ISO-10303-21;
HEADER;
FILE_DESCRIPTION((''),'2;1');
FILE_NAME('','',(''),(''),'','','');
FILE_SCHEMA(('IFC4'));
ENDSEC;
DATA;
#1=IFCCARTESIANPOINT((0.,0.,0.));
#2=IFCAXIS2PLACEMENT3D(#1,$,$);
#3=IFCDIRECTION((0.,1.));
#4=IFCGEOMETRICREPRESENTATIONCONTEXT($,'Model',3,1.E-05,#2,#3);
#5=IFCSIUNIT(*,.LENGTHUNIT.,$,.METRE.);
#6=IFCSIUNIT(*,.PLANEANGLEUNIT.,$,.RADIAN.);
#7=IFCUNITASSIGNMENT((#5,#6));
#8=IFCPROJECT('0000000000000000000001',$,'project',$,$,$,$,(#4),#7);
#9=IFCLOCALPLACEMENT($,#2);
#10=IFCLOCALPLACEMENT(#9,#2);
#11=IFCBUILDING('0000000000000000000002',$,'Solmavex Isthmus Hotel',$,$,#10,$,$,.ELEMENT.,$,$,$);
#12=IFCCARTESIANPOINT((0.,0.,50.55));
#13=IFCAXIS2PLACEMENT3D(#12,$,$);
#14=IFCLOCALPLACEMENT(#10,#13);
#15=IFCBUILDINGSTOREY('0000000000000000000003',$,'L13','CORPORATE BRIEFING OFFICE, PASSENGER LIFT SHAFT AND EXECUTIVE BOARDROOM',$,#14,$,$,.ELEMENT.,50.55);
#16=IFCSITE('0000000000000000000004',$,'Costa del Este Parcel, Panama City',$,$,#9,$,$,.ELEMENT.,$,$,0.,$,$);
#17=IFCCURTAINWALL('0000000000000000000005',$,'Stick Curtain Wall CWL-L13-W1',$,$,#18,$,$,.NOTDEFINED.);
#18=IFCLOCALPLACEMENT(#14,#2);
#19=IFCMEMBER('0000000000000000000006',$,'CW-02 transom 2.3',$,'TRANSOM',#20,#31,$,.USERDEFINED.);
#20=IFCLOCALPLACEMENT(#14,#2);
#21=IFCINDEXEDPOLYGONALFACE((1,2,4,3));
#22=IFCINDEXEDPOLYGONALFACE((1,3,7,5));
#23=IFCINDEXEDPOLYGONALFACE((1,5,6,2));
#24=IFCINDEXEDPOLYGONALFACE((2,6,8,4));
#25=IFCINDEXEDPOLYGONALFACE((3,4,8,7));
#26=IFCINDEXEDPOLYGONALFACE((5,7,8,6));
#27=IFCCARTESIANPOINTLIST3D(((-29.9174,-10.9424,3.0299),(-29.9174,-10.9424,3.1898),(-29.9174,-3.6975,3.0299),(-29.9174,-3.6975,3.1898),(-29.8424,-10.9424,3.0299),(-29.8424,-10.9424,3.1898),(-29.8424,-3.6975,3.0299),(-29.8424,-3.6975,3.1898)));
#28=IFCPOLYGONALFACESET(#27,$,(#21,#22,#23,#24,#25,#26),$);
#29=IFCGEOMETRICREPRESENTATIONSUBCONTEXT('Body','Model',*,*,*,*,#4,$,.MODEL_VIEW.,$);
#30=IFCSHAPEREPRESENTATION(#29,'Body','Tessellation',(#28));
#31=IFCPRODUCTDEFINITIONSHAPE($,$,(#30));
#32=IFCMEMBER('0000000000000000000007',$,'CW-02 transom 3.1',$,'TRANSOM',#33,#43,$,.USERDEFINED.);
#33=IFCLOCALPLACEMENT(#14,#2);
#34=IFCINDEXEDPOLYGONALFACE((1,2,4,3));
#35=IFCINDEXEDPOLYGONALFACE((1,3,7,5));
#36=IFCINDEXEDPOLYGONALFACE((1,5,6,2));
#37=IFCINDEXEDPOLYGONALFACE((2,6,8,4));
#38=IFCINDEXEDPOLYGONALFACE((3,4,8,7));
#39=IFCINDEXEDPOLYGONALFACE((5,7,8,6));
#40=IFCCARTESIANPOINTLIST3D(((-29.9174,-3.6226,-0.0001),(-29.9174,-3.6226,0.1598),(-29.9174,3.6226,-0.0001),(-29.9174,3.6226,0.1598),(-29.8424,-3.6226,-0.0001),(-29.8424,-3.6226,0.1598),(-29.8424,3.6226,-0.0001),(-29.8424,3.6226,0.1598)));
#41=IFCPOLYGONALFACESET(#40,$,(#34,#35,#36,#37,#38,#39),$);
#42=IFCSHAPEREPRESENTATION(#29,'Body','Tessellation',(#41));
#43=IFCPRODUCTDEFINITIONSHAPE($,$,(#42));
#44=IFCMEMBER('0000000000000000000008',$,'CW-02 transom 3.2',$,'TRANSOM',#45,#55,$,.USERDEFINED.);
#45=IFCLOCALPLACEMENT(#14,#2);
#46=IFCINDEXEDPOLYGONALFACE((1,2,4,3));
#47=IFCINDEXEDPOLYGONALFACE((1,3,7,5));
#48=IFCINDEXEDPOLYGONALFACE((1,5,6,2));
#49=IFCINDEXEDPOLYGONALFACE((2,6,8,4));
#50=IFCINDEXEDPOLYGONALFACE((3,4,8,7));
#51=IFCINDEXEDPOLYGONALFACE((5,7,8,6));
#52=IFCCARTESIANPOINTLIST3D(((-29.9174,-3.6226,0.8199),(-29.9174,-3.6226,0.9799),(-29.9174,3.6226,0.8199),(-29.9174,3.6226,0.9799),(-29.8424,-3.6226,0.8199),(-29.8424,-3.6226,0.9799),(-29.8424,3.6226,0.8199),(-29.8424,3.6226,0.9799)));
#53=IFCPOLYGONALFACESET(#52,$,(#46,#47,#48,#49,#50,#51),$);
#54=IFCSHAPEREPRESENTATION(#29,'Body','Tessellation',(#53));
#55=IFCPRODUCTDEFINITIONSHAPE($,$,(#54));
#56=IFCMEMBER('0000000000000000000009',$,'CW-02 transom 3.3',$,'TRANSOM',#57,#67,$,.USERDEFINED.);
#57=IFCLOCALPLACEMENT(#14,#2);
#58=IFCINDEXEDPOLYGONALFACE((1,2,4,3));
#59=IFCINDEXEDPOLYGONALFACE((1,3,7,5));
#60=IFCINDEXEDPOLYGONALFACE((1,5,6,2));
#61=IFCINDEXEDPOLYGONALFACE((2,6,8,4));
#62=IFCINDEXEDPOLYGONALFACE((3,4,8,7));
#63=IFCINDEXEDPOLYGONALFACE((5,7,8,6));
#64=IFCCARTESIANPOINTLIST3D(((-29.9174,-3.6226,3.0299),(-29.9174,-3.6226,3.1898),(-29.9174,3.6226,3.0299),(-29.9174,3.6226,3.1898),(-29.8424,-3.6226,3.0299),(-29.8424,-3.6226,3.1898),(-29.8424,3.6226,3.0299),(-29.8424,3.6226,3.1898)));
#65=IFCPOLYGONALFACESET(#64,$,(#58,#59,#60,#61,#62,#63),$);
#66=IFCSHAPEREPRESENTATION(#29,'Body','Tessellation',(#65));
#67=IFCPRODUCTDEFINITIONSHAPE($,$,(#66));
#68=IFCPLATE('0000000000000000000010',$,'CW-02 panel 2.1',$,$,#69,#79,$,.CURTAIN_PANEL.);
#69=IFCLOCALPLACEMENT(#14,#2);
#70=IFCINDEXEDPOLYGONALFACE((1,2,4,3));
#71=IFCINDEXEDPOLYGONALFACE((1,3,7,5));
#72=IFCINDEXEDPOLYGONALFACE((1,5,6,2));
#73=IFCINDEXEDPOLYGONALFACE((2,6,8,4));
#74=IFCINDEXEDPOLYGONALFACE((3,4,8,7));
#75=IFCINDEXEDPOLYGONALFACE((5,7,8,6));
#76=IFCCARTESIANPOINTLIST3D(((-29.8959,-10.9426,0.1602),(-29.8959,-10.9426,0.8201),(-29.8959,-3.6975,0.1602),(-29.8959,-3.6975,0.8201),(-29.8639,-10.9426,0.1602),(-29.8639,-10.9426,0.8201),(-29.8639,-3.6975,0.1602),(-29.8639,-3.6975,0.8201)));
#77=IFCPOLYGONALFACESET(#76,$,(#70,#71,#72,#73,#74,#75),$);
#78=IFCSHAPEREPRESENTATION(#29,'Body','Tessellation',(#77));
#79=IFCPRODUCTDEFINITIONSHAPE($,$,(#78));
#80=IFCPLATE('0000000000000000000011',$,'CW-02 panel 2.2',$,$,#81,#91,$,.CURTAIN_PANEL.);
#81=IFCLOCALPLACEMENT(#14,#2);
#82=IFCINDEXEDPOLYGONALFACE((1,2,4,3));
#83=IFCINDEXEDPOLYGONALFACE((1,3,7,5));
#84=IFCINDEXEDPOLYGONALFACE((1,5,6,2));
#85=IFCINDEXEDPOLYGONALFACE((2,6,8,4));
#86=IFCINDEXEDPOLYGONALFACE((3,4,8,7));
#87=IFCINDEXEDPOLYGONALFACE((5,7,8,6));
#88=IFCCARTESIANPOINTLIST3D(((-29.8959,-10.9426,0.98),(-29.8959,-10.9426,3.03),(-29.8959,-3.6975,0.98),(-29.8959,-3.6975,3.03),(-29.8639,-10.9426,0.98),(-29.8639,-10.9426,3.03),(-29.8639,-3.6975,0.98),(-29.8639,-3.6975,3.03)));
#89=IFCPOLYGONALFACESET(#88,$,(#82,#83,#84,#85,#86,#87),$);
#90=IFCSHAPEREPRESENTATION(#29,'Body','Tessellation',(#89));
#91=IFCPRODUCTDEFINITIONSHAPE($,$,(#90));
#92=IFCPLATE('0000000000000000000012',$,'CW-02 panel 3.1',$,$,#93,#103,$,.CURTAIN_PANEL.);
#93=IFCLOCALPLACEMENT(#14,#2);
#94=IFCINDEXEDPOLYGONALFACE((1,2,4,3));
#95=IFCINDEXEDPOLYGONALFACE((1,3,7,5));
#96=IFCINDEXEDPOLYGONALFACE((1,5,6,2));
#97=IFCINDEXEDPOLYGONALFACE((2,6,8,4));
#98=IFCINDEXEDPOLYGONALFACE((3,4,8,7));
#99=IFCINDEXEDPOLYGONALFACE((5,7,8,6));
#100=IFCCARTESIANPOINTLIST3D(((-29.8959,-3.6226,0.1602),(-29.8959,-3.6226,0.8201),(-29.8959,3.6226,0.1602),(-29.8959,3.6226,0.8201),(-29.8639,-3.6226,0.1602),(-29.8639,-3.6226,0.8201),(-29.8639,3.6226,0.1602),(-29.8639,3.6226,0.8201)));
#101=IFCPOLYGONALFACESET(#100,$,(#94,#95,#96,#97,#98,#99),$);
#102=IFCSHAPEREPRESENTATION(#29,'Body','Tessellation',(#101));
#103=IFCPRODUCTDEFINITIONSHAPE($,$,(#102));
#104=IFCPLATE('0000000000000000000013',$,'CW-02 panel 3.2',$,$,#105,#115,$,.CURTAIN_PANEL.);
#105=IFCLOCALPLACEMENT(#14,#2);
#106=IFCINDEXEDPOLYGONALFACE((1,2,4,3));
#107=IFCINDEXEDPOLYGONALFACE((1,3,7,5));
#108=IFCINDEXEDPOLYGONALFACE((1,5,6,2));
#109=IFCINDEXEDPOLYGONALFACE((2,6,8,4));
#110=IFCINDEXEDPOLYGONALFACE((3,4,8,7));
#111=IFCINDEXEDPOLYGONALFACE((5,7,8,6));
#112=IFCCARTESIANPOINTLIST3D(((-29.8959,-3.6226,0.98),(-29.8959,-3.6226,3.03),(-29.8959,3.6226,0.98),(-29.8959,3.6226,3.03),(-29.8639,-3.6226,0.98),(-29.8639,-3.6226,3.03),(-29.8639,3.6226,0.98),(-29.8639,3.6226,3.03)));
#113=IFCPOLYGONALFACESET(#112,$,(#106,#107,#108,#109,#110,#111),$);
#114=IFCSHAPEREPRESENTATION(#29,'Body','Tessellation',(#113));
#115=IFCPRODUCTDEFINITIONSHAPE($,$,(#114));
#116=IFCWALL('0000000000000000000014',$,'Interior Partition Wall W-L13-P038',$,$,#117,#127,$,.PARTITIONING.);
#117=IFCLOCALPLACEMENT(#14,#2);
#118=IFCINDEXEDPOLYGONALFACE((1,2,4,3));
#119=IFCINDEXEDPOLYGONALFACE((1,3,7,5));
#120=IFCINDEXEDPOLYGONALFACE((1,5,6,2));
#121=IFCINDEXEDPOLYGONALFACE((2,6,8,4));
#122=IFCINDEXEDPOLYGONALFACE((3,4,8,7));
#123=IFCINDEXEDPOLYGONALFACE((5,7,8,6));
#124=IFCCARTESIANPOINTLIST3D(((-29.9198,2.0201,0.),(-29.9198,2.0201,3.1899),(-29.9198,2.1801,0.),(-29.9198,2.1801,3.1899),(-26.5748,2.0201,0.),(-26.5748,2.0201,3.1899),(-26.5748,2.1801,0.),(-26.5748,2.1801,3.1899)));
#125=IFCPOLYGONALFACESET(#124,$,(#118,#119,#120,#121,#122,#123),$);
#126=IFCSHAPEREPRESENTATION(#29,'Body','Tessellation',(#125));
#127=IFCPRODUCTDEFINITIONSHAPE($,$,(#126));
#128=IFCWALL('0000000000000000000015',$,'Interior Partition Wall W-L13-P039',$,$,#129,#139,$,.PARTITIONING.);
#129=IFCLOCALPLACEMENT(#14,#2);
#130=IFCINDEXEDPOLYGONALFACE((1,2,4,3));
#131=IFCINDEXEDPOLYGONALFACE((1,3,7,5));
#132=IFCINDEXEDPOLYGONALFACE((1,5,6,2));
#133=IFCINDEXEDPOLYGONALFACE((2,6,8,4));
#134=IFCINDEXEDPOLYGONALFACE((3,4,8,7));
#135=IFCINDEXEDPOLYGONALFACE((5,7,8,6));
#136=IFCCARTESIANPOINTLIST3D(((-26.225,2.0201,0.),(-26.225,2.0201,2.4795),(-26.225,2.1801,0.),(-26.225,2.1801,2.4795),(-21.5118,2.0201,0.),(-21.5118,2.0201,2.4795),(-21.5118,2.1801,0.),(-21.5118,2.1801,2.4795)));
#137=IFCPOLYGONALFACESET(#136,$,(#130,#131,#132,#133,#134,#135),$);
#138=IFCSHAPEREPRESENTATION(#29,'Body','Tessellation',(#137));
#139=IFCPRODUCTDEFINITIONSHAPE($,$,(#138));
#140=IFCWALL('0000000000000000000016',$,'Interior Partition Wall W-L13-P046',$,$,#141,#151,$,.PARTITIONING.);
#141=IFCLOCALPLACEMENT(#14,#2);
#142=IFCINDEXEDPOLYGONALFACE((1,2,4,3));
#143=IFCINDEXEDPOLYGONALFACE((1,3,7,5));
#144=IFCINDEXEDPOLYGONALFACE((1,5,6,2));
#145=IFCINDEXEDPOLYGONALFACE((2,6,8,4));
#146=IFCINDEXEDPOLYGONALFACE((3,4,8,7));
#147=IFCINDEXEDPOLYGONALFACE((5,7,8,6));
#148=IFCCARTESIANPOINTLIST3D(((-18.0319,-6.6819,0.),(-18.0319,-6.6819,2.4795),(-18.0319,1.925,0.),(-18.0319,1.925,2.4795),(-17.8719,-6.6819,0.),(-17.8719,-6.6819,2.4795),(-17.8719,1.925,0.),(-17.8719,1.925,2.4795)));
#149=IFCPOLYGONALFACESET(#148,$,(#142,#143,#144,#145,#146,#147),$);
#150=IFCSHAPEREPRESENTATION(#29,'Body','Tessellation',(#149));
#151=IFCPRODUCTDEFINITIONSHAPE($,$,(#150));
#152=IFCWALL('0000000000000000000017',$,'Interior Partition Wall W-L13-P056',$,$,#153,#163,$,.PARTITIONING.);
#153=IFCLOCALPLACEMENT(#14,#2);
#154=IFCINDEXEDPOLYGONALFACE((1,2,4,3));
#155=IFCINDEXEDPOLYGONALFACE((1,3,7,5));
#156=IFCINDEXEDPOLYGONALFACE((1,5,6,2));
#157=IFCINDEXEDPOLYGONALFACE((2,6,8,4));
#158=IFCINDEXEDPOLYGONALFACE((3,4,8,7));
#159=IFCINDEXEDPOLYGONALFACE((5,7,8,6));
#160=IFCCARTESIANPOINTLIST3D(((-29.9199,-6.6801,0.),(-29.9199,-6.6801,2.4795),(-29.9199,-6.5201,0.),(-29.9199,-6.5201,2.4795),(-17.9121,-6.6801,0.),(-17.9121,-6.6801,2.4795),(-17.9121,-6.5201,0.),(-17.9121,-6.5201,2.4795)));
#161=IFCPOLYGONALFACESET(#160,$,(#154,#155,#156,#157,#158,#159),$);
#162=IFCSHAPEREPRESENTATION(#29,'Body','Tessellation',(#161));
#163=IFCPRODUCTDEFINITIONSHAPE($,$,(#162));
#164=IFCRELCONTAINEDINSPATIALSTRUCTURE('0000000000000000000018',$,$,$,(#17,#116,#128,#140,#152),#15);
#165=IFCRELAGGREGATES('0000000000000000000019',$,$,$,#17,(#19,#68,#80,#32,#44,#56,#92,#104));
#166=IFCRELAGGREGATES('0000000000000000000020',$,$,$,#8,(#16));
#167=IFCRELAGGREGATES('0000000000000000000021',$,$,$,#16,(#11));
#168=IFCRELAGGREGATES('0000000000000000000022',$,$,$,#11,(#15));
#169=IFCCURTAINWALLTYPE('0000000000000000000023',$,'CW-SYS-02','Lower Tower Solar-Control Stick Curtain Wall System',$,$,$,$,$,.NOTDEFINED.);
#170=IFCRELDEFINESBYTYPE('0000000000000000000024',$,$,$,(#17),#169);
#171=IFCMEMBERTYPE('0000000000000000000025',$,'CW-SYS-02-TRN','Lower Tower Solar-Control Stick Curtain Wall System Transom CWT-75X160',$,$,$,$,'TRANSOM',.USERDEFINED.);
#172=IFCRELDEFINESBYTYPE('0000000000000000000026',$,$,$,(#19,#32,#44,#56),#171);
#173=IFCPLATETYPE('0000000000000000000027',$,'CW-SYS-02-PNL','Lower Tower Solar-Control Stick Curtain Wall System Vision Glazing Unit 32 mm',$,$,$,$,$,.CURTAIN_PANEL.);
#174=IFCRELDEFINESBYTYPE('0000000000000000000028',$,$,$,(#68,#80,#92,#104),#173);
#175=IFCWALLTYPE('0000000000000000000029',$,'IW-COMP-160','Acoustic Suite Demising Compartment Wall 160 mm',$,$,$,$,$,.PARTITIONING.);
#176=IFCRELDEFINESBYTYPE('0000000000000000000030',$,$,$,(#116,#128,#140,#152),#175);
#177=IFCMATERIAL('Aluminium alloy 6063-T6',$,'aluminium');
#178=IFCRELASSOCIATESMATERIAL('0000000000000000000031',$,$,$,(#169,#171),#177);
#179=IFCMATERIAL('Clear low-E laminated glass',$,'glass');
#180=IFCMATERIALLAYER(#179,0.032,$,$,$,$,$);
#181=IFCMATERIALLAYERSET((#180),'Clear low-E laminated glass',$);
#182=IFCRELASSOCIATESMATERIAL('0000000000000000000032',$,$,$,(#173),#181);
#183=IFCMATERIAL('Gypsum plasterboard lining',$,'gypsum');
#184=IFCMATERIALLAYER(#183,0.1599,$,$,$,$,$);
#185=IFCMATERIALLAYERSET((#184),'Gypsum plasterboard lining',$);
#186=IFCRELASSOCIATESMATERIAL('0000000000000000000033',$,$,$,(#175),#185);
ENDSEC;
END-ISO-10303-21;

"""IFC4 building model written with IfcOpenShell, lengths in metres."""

from ifc_helpers import new_model, si_unit, direction, frame, frame_2d, origin, origin_2d, place, context, subcontext, project, spatial, rectangle, extrude, material, layer, layer_set, material_profile, profile_set, type_object, element, aggregate, save


model = new_model("IFC4")

# Units and contexts
model_context = context("Model", 3, precision=1e-05, world=origin(), true_north=direction((0.0, 1.0)))
body_context = subcontext(model_context, "Body", "Model", "MODEL_VIEW")
ifc_project = project(units=[si_unit("LENGTHUNIT", "METRE"), si_unit("PLANEANGLEUNIT", "RADIAN")], contexts=[model_context])

# Site, building, storey
site_placement = place(None, origin())
site = spatial("IfcSite", under=ifc_project, at=site_placement, Name="Costa del Este Parcel, Panama City", CompositionType="ELEMENT", RefElevation=0.0)
building_placement = place(site_placement, origin())
building = spatial("IfcBuilding", under=site, at=building_placement, Name="Solmavex Isthmus Hotel", CompositionType="ELEMENT")
storey_placement = place(building_placement, frame((0.0, 0.0, 50.55)))
storey = spatial("IfcBuildingStorey", under=building, at=storey_placement, Name="L13", Description="CORPORATE BRIEFING OFFICE, PASSENGER LIFT SHAFT AND EXECUTIVE BOARDROOM", CompositionType="ELEMENT", Elevation=50.55)

# Curtain wall, members, plates
ifc_material_1 = material(Name="Aluminium alloy 6063-T6", Category="aluminium")
curtain_wall_type = type_object("IfcCurtainWallType", Name="CW-SYS-02", Description="Lower Tower Solar-Control Stick Curtain Wall System", PredefinedType="NOTDEFINED", material=ifc_material_1)
curtain_wall_placement = place(storey_placement, origin())
curtain_wall = element("IfcCurtainWall", 1, at=curtain_wall_placement, inside=storey, type_object=curtain_wall_type, Name="Stick Curtain Wall CWL-L13-W1", PredefinedType="NOTDEFINED")
ifc_material_profile_1 = material_profile(ifc_material_1, rectangle(XDim=0.075, YDim=0.1599, at=origin_2d()), Name="CWT-75X160")
ifc_profile_set_1 = profile_set([ifc_material_profile_1], Name="Aluminium alloy 6063-T6")
member_type_1 = type_object("IfcMemberType", Name="CW-SYS-02-TRN", Description="Lower Tower Solar-Control Stick Curtain Wall System Transom CWT-75X160", ElementType="TRANSOM", PredefinedType="USERDEFINED", material=ifc_profile_set_1)
member_1_placement = place(storey_placement, frame((-29.8799, -10.9424, 3.1099), z_axis=(0.0, 1.0, 0.0), x_axis=(-1.0, 0.0, 0.0)))
member_1 = element("IfcMember", 2, at=member_1_placement, type_object=member_type_1, Name="CW-02 transom 2.3", ObjectType="TRANSOM", PredefinedType="USERDEFINED", context=body_context, shape_type="SweptSolid", body=[
    extrude(rectangle(XDim=0.075, YDim=0.1599, at=origin_2d()), origin(), (0.0, 0.0, 1.0), 7.2449),
])
member_2_placement = place(storey_placement, frame((-29.8799, -3.6226, 0.0798), z_axis=(0.0, 1.0, 0.0), x_axis=(-1.0, 0.0, 0.0)))
member_2 = element("IfcMember", 3, at=member_2_placement, type_object=member_type_1, Name="CW-02 transom 3.1", ObjectType="TRANSOM", PredefinedType="USERDEFINED", context=body_context, shape_type="SweptSolid", body=[
    extrude(rectangle(XDim=0.075, YDim=0.1599, at=origin_2d()), origin(), (0.0, 0.0, 1.0), 7.2451),
])
member_3_placement = place(storey_placement, frame((-29.8799, -3.6226, 0.8999), z_axis=(0.0, 1.0, 0.0), x_axis=(-1.0, 0.0, 0.0)))
member_3 = element("IfcMember", 4, at=member_3_placement, type_object=member_type_1, Name="CW-02 transom 3.2", ObjectType="TRANSOM", PredefinedType="USERDEFINED", context=body_context, shape_type="SweptSolid", body=[
    extrude(rectangle(XDim=0.075, YDim=0.1599, at=origin_2d()), origin(), (0.0, 0.0, 1.0), 7.2451),
])
member_4_placement = place(storey_placement, frame((-29.8799, -3.6226, 3.1099), z_axis=(0.0, 1.0, 0.0), x_axis=(-1.0, 0.0, 0.0)))
member_4 = element("IfcMember", 5, at=member_4_placement, type_object=member_type_1, Name="CW-02 transom 3.3", ObjectType="TRANSOM", PredefinedType="USERDEFINED", context=body_context, shape_type="SweptSolid", body=[
    extrude(rectangle(XDim=0.075, YDim=0.1599, at=origin_2d()), origin(), (0.0, 0.0, 1.0), 7.2451),
])
ifc_material_2 = material(Name="Clear low-E laminated glass", Category="glass")
ifc_layer_1 = layer(ifc_material_2, 0.032)
ifc_layer_set_1 = layer_set([ifc_layer_1], Name="Clear low-E laminated glass")
plate_type = type_object("IfcPlateType", Name="CW-SYS-02-PNL", Description="Lower Tower Solar-Control Stick Curtain Wall System Vision Glazing Unit 32 mm", PredefinedType="CURTAIN_PANEL", material=ifc_layer_set_1)
plate_1_placement = place(storey_placement, frame((-29.8799, -7.3201, 0.1602), z_axis=(0.0, 0.0, 1.0), x_axis=(0.0, 1.0, 0.0)))
plate_1 = element("IfcPlate", 6, at=plate_1_placement, type_object=plate_type, Name="CW-02 panel 2.1", PredefinedType="CURTAIN_PANEL", context=body_context, shape_type="SweptSolid", body=[
    extrude(rectangle(XDim=7.2451, YDim=0.032, at=origin_2d()), origin(), (0.0, 0.0, 1.0), 0.6599),
])
plate_2_placement = place(storey_placement, frame((-29.8799, -7.3201, 0.98), z_axis=(0.0, 0.0, 1.0), x_axis=(0.0, 1.0, 0.0)))
plate_2 = element("IfcPlate", 7, at=plate_2_placement, type_object=plate_type, Name="CW-02 panel 2.2", PredefinedType="CURTAIN_PANEL", context=body_context, shape_type="SweptSolid", body=[
    extrude(rectangle(XDim=7.2451, YDim=0.032, at=origin_2d()), origin(), (0.0, 0.0, 1.0), 2.05),
])
plate_3_placement = place(storey_placement, frame((-29.8799, 0.0, 0.1602), z_axis=(0.0, 0.0, 1.0), x_axis=(0.0, 1.0, 0.0)))
plate_3 = element("IfcPlate", 8, at=plate_3_placement, type_object=plate_type, Name="CW-02 panel 3.1", PredefinedType="CURTAIN_PANEL", context=body_context, shape_type="SweptSolid", body=[
    extrude(rectangle(XDim=7.2451, YDim=0.032, at=origin_2d()), origin(), (0.0, 0.0, 1.0), 0.6599),
])
plate_4_placement = place(storey_placement, frame((-29.8799, 0.0, 0.98), z_axis=(0.0, 0.0, 1.0), x_axis=(0.0, 1.0, 0.0)))
plate_4 = element("IfcPlate", 9, at=plate_4_placement, type_object=plate_type, Name="CW-02 panel 3.2", PredefinedType="CURTAIN_PANEL", context=body_context, shape_type="SweptSolid", body=[
    extrude(rectangle(XDim=7.2451, YDim=0.032, at=origin_2d()), origin(), (0.0, 0.0, 1.0), 2.05),
])
aggregate(curtain_wall, [member_1, plate_1, plate_2, member_2, member_3, member_4, plate_3, plate_4])

# Walls
ifc_material_3 = material(Name="Gypsum plasterboard lining", Category="gypsum")
ifc_layer_2 = layer(ifc_material_3, 0.1599)
ifc_layer_set_2 = layer_set([ifc_layer_2], Name="Gypsum plasterboard lining")
wall_type_1 = type_object("IfcWallType", Name="IW-COMP-160", Description="Acoustic Suite Demising Compartment Wall 160 mm", PredefinedType="PARTITIONING", material=ifc_layer_set_2)
wall_1_placement = place(storey_placement, frame((-26.575, 2.1001, 0.0), z_axis=(0.0, 0.0, 1.0), x_axis=(-1.0, 0.0, 0.0)))
element("IfcWall", 10, at=wall_1_placement, inside=storey, type_object=wall_type_1, Name="Interior Partition Wall W-L13-P038", PredefinedType="PARTITIONING", context=body_context, shape_type="SweptSolid", body=[
    extrude(rectangle(XDim=3.345, YDim=0.1599, at=frame_2d((1.6724, 0.0))), origin(), (0.0, 0.0, 1.0), 3.1899),
])
wall_2_placement = place(storey_placement, frame((-21.512, 2.1001, 0.0), z_axis=(0.0, 0.0, 1.0), x_axis=(-1.0, 0.0, 0.0)))
element("IfcWall", 11, at=wall_2_placement, inside=storey, type_object=wall_type_1, Name="Interior Partition Wall W-L13-P039", PredefinedType="PARTITIONING", context=body_context, shape_type="SweptSolid", body=[
    extrude(rectangle(XDim=4.7131, YDim=0.1599, at=frame_2d((2.3564, 0.0))), origin(), (0.0, 0.0, 1.0), 2.4795),
])
wall_3_placement = place(storey_placement, frame((-17.9519, -6.6819, 0.0), z_axis=(0.0, 0.0, 1.0), x_axis=(0.0, 1.0, 0.0)))
element("IfcWall", 12, at=wall_3_placement, inside=storey, type_object=wall_type_1, Name="Interior Partition Wall W-L13-P046", PredefinedType="PARTITIONING", context=body_context, shape_type="SweptSolid", body=[
    extrude(rectangle(XDim=8.6069, YDim=0.1599, at=frame_2d((4.3035, 0.0))), origin(), (0.0, 0.0, 1.0), 2.4795),
])
wall_4_placement = place(storey_placement, frame((-29.9199, -6.6001, 0.0), z_axis=(0.0, 0.0, 1.0), x_axis=(1.0, 0.0, 0.0)))
element("IfcWall", 13, at=wall_4_placement, inside=storey, type_object=wall_type_1, Name="Interior Partition Wall W-L13-P056", PredefinedType="PARTITIONING", context=body_context, shape_type="SweptSolid", body=[
    extrude(rectangle(XDim=12.0078, YDim=0.1599, at=frame_2d((6.0039, 0.0))), origin(), (0.0, 0.0, 1.0), 2.4795),
])

save(model, "model.ifc")
